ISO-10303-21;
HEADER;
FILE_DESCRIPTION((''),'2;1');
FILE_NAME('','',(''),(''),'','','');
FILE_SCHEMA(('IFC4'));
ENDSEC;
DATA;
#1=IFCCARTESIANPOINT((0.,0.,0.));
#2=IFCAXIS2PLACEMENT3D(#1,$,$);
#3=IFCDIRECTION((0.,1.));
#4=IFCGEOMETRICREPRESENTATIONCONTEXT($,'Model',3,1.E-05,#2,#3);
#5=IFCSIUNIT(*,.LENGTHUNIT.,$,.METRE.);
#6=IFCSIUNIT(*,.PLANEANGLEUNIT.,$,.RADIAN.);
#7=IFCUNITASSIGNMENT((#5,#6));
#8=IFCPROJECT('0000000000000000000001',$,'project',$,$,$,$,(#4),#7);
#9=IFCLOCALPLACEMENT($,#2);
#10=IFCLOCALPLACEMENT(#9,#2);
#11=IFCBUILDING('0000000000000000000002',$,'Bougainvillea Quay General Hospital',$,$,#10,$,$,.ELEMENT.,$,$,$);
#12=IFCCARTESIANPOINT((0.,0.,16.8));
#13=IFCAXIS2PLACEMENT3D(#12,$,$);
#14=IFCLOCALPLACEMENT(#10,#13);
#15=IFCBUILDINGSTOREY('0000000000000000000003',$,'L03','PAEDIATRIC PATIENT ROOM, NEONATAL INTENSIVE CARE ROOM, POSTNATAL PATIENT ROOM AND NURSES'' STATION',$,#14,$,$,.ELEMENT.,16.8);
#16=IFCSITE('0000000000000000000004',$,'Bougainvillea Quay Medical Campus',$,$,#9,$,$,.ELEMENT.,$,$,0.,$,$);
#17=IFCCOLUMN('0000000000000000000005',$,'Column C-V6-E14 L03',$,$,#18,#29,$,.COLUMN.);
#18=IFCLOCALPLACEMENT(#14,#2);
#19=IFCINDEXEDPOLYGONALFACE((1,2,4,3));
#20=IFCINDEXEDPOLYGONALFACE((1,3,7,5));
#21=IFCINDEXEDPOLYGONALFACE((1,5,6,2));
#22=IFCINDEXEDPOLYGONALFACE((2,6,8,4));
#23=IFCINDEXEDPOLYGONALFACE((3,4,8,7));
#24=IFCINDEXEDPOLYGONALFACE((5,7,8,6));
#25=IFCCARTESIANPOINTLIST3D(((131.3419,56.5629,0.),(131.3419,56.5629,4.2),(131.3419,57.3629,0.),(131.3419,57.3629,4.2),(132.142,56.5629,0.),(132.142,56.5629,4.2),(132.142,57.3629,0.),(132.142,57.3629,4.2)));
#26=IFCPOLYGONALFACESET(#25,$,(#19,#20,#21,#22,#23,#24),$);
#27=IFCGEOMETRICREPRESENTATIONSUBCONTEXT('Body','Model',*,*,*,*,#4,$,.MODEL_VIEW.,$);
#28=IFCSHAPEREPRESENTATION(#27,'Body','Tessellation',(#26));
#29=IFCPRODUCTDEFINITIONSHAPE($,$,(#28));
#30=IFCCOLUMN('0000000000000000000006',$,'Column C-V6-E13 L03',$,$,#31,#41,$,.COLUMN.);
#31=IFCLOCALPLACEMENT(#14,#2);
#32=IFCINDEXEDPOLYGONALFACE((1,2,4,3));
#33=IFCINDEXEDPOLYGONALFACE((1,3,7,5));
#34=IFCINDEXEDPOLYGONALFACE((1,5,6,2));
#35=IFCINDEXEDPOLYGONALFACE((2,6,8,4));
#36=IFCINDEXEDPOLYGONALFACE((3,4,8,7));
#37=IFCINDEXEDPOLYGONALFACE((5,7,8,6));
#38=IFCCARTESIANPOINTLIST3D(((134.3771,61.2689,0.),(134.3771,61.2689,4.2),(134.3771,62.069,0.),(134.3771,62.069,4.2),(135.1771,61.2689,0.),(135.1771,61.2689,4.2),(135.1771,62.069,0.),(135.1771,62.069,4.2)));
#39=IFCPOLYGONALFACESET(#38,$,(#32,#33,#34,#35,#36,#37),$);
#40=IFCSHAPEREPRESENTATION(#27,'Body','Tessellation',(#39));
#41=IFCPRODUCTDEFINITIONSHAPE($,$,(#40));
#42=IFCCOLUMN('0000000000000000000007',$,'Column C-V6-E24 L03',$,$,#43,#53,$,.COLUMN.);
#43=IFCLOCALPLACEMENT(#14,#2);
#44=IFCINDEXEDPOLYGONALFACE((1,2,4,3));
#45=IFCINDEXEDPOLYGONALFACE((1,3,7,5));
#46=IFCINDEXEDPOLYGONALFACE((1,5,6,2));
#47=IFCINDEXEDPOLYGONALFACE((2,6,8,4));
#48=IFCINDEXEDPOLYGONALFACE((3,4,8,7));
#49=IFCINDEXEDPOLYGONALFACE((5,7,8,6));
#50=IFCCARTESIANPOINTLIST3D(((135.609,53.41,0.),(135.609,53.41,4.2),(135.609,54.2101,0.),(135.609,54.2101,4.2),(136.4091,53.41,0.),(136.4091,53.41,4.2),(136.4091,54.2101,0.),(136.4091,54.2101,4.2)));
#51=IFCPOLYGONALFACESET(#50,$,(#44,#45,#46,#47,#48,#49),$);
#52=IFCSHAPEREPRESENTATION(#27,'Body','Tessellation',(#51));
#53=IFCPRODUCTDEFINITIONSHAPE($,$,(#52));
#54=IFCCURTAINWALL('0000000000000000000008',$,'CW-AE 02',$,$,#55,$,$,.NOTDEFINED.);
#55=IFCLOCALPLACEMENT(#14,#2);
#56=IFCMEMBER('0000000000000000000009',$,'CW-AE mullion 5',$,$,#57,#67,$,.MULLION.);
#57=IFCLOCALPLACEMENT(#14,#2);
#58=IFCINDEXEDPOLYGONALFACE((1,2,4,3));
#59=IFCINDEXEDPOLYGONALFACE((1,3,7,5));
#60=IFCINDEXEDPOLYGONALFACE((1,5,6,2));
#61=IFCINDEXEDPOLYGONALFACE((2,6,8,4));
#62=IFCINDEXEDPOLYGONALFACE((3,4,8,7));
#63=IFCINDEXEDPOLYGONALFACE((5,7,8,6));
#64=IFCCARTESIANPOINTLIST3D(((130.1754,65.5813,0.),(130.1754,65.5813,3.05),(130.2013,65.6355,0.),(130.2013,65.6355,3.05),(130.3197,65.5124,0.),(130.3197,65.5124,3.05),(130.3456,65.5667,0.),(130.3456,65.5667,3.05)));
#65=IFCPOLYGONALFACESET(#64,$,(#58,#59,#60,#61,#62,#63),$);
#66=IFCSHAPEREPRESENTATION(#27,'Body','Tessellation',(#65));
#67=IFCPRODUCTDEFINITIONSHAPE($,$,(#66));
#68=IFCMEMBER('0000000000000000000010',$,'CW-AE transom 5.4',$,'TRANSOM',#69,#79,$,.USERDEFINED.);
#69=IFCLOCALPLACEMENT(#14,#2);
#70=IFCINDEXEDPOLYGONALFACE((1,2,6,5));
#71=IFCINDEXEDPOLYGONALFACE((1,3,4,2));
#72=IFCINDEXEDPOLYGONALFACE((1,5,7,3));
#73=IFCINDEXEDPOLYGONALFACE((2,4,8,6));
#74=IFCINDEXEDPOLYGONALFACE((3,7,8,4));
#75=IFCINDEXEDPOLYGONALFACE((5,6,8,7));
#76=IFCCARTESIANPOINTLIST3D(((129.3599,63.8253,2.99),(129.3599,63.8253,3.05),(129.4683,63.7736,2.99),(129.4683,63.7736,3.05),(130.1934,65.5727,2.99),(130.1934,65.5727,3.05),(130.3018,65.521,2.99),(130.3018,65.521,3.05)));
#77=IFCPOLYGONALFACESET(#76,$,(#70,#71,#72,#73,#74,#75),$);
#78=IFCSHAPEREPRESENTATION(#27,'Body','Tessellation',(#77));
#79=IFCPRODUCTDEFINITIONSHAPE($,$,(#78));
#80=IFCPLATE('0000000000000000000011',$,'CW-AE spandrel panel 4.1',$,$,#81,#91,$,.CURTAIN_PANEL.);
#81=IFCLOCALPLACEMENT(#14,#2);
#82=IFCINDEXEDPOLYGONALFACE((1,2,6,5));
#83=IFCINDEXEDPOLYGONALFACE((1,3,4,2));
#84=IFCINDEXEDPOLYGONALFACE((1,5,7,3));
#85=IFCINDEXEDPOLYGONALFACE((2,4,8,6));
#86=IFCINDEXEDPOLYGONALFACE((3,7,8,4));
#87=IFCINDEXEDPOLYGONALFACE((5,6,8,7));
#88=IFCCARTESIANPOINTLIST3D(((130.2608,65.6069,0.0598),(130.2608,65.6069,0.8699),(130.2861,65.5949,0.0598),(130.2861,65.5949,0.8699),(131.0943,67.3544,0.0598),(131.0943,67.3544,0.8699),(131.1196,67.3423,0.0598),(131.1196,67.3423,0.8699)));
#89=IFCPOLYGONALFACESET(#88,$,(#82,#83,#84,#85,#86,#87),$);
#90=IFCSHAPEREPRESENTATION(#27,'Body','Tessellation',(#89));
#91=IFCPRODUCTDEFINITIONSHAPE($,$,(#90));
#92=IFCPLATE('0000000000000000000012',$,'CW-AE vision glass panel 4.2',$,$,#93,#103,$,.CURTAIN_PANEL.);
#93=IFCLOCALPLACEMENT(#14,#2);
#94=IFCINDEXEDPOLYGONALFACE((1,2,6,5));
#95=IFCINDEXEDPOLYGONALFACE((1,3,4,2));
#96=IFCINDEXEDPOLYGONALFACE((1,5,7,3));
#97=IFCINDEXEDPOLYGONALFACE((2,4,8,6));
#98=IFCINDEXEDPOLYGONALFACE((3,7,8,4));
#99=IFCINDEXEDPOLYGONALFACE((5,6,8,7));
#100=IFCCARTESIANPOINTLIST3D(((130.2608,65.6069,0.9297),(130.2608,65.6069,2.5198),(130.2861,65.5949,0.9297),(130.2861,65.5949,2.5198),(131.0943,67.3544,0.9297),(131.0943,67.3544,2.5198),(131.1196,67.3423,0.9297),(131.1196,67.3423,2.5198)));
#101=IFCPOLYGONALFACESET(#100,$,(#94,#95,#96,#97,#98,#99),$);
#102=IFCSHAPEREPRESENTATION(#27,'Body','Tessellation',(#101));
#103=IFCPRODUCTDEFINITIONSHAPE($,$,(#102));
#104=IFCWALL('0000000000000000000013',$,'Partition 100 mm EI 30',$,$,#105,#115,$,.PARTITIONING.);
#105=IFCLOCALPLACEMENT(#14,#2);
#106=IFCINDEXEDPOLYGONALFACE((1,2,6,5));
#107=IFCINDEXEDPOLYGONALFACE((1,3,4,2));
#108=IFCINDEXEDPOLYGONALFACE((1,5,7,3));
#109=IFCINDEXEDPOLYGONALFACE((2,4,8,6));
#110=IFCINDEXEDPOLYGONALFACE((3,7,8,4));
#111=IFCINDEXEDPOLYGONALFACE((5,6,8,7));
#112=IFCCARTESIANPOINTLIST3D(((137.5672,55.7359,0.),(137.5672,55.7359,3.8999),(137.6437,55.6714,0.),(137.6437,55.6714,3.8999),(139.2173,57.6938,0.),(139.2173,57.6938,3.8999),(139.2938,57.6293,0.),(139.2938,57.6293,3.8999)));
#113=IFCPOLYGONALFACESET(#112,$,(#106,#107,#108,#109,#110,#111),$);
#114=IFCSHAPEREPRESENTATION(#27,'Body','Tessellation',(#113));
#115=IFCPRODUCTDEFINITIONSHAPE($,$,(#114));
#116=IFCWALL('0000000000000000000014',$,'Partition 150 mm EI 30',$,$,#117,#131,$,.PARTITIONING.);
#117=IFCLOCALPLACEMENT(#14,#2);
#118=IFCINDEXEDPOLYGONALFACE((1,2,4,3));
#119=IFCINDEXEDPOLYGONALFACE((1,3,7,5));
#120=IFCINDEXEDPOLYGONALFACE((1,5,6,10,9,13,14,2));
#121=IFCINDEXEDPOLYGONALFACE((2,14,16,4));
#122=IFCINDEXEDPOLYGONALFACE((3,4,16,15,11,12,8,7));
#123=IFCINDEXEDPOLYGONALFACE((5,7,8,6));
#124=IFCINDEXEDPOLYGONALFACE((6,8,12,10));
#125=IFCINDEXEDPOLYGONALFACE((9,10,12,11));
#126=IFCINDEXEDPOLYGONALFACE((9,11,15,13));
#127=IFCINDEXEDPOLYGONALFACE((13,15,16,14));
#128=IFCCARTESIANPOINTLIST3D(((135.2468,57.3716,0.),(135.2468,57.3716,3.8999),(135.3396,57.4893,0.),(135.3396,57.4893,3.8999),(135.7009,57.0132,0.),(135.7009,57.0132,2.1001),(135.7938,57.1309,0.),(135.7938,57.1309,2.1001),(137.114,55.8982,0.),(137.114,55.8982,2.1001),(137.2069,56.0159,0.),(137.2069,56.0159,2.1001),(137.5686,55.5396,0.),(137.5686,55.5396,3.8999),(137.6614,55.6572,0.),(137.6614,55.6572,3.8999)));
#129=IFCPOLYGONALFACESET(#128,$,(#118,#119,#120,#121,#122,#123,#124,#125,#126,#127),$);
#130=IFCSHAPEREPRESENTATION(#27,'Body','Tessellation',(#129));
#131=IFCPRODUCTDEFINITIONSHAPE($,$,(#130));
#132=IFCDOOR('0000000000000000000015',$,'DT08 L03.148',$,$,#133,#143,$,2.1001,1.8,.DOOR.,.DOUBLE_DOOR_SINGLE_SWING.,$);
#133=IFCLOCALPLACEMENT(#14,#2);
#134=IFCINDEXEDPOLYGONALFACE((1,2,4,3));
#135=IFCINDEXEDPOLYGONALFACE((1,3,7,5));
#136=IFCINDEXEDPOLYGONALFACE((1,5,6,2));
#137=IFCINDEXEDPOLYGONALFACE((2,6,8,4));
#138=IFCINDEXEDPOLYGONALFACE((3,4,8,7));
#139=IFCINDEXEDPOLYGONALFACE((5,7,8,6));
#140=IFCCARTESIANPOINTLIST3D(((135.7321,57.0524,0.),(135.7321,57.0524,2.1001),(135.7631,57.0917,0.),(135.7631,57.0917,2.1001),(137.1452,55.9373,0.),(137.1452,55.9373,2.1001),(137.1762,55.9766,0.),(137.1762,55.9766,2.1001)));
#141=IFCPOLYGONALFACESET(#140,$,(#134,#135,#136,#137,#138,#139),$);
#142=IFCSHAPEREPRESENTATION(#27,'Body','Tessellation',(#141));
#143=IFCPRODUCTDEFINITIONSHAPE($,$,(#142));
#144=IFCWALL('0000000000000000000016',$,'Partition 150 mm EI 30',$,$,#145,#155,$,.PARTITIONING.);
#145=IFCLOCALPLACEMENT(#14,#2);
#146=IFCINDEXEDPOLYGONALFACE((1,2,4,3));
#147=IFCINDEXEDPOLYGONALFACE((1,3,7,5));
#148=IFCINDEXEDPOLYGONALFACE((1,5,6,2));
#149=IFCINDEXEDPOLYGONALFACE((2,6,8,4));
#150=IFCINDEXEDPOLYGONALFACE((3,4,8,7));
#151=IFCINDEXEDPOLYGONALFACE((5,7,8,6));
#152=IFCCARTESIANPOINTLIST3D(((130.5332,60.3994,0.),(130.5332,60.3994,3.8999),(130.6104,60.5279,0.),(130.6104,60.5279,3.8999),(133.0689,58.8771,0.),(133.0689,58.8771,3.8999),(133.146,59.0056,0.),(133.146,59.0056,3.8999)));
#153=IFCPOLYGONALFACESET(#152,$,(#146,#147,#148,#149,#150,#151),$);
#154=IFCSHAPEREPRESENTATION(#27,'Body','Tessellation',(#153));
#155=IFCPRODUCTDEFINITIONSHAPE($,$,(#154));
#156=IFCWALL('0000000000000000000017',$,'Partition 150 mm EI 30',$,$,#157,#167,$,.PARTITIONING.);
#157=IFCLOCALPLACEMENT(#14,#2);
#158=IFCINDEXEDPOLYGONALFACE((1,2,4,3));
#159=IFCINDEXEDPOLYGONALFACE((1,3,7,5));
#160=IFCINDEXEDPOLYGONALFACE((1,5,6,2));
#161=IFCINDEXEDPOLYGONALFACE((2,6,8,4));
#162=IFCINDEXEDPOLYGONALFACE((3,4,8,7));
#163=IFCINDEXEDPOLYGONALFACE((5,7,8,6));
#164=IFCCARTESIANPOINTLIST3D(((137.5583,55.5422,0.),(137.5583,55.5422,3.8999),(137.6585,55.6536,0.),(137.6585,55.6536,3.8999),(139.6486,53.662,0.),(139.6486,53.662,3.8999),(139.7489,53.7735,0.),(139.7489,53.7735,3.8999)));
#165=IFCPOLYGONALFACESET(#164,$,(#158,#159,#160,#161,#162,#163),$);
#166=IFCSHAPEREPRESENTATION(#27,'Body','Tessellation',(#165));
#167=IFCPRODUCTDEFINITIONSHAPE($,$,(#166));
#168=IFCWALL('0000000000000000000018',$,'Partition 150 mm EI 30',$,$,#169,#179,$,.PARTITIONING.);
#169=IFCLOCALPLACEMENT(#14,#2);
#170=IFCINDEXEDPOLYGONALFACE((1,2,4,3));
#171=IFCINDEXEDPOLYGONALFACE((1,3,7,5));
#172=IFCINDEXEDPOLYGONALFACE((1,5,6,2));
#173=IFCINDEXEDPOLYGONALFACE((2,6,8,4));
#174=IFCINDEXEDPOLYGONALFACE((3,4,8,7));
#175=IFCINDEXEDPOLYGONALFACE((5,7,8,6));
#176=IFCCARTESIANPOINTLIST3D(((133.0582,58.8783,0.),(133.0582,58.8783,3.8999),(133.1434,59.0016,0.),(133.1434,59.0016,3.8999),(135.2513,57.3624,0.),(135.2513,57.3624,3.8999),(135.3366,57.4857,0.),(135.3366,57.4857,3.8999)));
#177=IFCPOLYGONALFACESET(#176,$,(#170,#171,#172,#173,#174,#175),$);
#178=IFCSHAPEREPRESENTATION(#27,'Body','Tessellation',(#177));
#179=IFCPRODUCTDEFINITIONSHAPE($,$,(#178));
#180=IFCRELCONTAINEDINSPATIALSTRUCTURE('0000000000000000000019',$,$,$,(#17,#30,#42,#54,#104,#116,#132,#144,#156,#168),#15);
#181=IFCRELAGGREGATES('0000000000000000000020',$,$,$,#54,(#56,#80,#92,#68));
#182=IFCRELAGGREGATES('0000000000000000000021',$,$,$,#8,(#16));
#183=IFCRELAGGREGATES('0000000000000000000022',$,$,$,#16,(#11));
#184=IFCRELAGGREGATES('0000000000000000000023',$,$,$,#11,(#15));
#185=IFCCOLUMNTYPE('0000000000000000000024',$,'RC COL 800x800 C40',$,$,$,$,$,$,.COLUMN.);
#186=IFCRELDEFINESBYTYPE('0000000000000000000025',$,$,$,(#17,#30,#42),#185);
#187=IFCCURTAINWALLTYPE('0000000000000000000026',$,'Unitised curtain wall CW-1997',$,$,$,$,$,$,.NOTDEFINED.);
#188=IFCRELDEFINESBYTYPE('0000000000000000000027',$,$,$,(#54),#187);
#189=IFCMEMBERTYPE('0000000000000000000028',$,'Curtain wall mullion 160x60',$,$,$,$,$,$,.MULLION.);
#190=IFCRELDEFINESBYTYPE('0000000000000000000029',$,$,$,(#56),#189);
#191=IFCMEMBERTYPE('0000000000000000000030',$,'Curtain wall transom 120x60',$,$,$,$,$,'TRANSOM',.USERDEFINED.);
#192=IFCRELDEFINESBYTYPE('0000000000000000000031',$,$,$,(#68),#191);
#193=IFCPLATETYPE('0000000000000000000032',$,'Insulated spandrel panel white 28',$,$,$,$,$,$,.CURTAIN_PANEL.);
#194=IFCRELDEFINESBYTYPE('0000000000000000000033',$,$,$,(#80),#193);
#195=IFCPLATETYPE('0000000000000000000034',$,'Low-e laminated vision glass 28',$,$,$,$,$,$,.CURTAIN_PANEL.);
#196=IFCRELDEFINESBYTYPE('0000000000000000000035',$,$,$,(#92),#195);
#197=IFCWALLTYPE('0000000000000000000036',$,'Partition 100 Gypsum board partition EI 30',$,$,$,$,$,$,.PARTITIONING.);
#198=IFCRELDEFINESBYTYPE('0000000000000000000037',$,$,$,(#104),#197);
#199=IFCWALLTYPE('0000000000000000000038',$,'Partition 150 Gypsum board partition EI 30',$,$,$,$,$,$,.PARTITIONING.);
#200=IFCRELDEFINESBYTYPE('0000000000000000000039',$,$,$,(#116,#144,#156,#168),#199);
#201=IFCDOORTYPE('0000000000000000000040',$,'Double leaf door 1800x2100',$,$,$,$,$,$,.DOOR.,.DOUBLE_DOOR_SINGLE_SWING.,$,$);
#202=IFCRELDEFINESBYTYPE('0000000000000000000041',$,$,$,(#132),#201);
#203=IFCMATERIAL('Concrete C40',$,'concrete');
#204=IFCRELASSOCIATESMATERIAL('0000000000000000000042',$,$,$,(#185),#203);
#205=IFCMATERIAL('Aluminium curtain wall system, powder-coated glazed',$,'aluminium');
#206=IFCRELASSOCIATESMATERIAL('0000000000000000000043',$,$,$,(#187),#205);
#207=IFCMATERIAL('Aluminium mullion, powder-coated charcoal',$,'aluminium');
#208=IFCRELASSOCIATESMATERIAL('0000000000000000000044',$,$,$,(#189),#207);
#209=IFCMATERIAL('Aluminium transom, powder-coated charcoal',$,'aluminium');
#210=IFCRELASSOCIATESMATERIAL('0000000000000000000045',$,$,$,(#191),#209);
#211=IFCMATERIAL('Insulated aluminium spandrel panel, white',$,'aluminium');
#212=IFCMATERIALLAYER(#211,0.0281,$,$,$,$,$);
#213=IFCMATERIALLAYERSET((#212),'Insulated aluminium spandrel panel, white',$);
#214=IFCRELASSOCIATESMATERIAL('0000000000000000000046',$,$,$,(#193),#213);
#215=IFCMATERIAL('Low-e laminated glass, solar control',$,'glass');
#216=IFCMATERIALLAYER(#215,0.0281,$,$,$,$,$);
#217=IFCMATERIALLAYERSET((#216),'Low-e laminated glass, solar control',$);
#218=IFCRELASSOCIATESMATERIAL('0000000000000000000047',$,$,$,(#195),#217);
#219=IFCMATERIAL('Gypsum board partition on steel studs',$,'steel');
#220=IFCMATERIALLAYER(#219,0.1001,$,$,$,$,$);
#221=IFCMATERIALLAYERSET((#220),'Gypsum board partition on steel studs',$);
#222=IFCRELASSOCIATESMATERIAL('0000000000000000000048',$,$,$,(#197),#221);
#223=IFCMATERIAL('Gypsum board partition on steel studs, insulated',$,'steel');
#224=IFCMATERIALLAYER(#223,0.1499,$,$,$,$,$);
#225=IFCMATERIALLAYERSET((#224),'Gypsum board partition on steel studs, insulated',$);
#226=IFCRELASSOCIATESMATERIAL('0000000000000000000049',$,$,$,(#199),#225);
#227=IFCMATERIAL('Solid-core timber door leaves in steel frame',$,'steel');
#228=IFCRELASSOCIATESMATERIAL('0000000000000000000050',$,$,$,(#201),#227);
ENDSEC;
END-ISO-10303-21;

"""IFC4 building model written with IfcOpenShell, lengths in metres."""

from ifc_helpers import new_model, si_unit, direction, frame, frame_2d, origin, origin_2d, place, context, subcontext, project, spatial, rectangle, extrude, material, layer, layer_set, material_profile, profile_set, type_object, element, fill, aggregate, save


model = new_model("IFC4")

# Units and contexts
model_context = context("Model", 3, precision=1e-05, world=origin(), true_north=direction((0.0, 1.0)))
body_context = subcontext(model_context, "Body", "Model", "MODEL_VIEW")
ifc_project = project(units=[si_unit("LENGTHUNIT", "METRE"), si_unit("PLANEANGLEUNIT", "RADIAN")], contexts=[model_context])

# Site, building, storey
site_placement = place(None, origin())
site = spatial("IfcSite", under=ifc_project, at=site_placement, Name="Bougainvillea Quay Medical Campus", CompositionType="ELEMENT", RefElevation=0.0)
building_placement = place(site_placement, origin())
building = spatial("IfcBuilding", under=site, at=building_placement, Name="Bougainvillea Quay General Hospital", CompositionType="ELEMENT")
storey_placement = place(building_placement, frame((0.0, 0.0, 16.8)))
storey = spatial("IfcBuildingStorey", under=building, at=storey_placement, Name="L03", Description="PAEDIATRIC PATIENT ROOM, NEONATAL INTENSIVE CARE ROOM, POSTNATAL PATIENT ROOM AND NURSES' STATION", CompositionType="ELEMENT", Elevation=16.8)

# Columns
ifc_material_1 = material(Name="Concrete C40", Category="concrete")
ifc_material_profile_1 = material_profile(ifc_material_1, rectangle(XDim=0.8, YDim=0.8, at=origin_2d()))
ifc_profile_set_1 = profile_set([ifc_material_profile_1], Name="Concrete C40")
column_type = type_object("IfcColumnType", Name="RC COL 800x800 C40", PredefinedType="COLUMN", material=ifc_profile_set_1)
for number, where, z_axis, x_axis, name in (
    (1, (131.7419, 56.9629, 0.0), (0.0, 0.0, 1.0), (1.0, 0.0, 0.0), "Column C-V6-E14 L03"),
    (2, (134.7771, 61.6689, 0.0), (0.0, 0.0, 1.0), (1.0, 0.0, 0.0), "Column C-V6-E13 L03"),
    (3, (136.009, 53.8101, 0.0), (0.0, 0.0, 1.0), (1.0, 0.0, 0.0), "Column C-V6-E24 L03"),
):
    element("IfcColumn", number, at=place(storey_placement, frame(where, z_axis=z_axis, x_axis=x_axis)), inside=storey, type_object=column_type, Name=name, PredefinedType="COLUMN", context=body_context, shape_type="SweptSolid", body=[
        extrude(rectangle(XDim=0.8, YDim=0.8, at=origin_2d()), origin(), (0.0, 0.0, 1.0), 4.2),
    ])

# Curtain wall, members, plates
ifc_material_2 = material(Name="Aluminium curtain wall system, powder-coated glazed", Category="aluminium")
curtain_wall_type = type_object("IfcCurtainWallType", Name="Unitised curtain wall CW-1997", PredefinedType="NOTDEFINED", material=ifc_material_2)
curtain_wall_placement = place(storey_placement, origin())
curtain_wall = element("IfcCurtainWall", 4, at=curtain_wall_placement, inside=storey, type_object=curtain_wall_type, Name="CW-AE 02", PredefinedType="NOTDEFINED")
ifc_material_3 = material(Name="Aluminium mullion, powder-coated charcoal", Category="aluminium")
ifc_material_profile_2 = material_profile(ifc_material_3, rectangle(XDim=0.1599, YDim=0.0601, at=origin_2d()))
ifc_profile_set_2 = profile_set([ifc_material_profile_2], Name="Aluminium mullion, powder-coated charcoal")
member_type_1 = type_object("IfcMemberType", Name="Curtain wall mullion 160x60", PredefinedType="MULLION", material=ifc_profile_set_2)
member_1_placement = place(storey_placement, frame((130.2605, 65.574, 0.0), z_axis=(0.0, 0.0, 1.0), x_axis=(0.902578, -0.430525, 0.0)))
member_1 = element("IfcMember", 5, at=member_1_placement, type_object=member_type_1, Name="CW-AE mullion 5", PredefinedType="MULLION", context=body_context, shape_type="SweptSolid", body=[
    extrude(rectangle(XDim=0.1599, YDim=0.0601, at=origin_2d()), origin(), (0.0, 0.0, 1.0), 3.05),
])
ifc_material_4 = material(Name="Aluminium transom, powder-coated charcoal", Category="aluminium")
ifc_material_profile_3 = material_profile(ifc_material_4, rectangle(XDim=0.1201, YDim=0.0601, at=origin_2d()))
ifc_profile_set_3 = profile_set([ifc_material_profile_3], Name="Aluminium transom, powder-coated charcoal")
member_type_2 = type_object("IfcMemberType", Name="Curtain wall transom 120x60", ElementType="TRANSOM", PredefinedType="USERDEFINED", material=ifc_profile_set_3)
member_2_placement = place(storey_placement, frame((130.2476, 65.5469, 3.02), z_axis=(-0.430491, -0.902595, 0.0), x_axis=(0.902595, -0.430491, 0.0)))
member_2 = element("IfcMember", 6, at=member_2_placement, type_object=member_type_2, Name="CW-AE transom 5.4", ObjectType="TRANSOM", PredefinedType="USERDEFINED", context=body_context, shape_type="SweptSolid", body=[
    extrude(rectangle(XDim=0.1201, YDim=0.0601, at=origin_2d()), origin(), (0.0, 0.0, 1.0), 1.936),
])
ifc_material_5 = material(Name="Insulated aluminium spandrel panel, white", Category="aluminium")
ifc_layer_1 = layer(ifc_material_5, 0.0281)
ifc_layer_set_1 = layer_set([ifc_layer_1], Name="Insulated aluminium spandrel panel, white")
plate_type_1 = type_object("IfcPlateType", Name="Insulated spandrel panel white 28", PredefinedType="CURTAIN_PANEL", material=ifc_layer_set_1)
plate_1_placement = place(storey_placement, frame((130.6902, 66.4746, 0.0598), z_axis=(0.0, 0.0, 1.0), x_axis=(-0.430525, -0.902578, 0.0)))
plate_1 = element("IfcPlate", 7, at=plate_1_placement, type_object=plate_type_1, Name="CW-AE spandrel panel 4.1", PredefinedType="CURTAIN_PANEL", context=body_context, shape_type="SweptSolid", body=[
    extrude(rectangle(XDim=1.936, YDim=0.0281, at=origin_2d()), origin(), (0.0, 0.0, 1.0), 0.8101),
])
ifc_material_6 = material(Name="Low-e laminated glass, solar control", Category="glass")
ifc_layer_2 = layer(ifc_material_6, 0.0281)
ifc_layer_set_2 = layer_set([ifc_layer_2], Name="Low-e laminated glass, solar control")
plate_type_2 = type_object("IfcPlateType", Name="Low-e laminated vision glass 28", PredefinedType="CURTAIN_PANEL", material=ifc_layer_set_2)
plate_2_placement = place(storey_placement, frame((130.6902, 66.4746, 0.9297), z_axis=(0.0, 0.0, 1.0), x_axis=(-0.430525, -0.902578, 0.0)))
plate_2 = element("IfcPlate", 8, at=plate_2_placement, type_object=plate_type_2, Name="CW-AE vision glass panel 4.2", PredefinedType="CURTAIN_PANEL", context=body_context, shape_type="SweptSolid", body=[
    extrude(rectangle(XDim=1.936, YDim=0.0281, at=origin_2d()), origin(), (0.0, 0.0, 1.0), 1.5901),
])
aggregate(curtain_wall, [member_1, plate_1, plate_2, member_2])

# Wall
ifc_material_7 = material(Name="Gypsum board partition on steel studs", Category="steel")
ifc_layer_3 = layer(ifc_material_7, 0.1001)
ifc_layer_set_3 = layer_set([ifc_layer_3], Name="Gypsum board partition on steel studs")
wall_type_1 = type_object("IfcWallType", Name="Partition 100 Gypsum board partition EI 30", PredefinedType="PARTITIONING", material=ifc_layer_set_3)
wall_1_placement = place(storey_placement, frame((137.6055, 55.7036, 0.0), z_axis=(0.0, 0.0, 1.0), x_axis=(0.644432, 0.764661, 0.0)))
element("IfcWall", 9, at=wall_1_placement, inside=storey, type_object=wall_type_1, Name="Partition 100 mm EI 30", PredefinedType="PARTITIONING", context=body_context, shape_type="SweptSolid", body=[
    extrude(rectangle(XDim=2.5605, YDim=0.1001, at=frame_2d((1.2803, 0.0))), origin(), (0.0, 0.0, 1.0), 3.8999),
])

# Wall, opening, door
ifc_material_8 = material(Name="Gypsum board partition on steel studs, insulated", Category="steel")
ifc_layer_4 = layer(ifc_material_8, 0.1499)
ifc_layer_set_4 = layer_set([ifc_layer_4], Name="Gypsum board partition on steel studs, insulated")
wall_type_2 = type_object("IfcWallType", Name="Partition 150 Gypsum board partition EI 30", PredefinedType="PARTITIONING", material=ifc_layer_set_4)
wall_2_placement = place(storey_placement, frame((135.2932, 57.4304, 0.0), z_axis=(0.0, 0.0, 1.0), x_axis=(0.785039, -0.619446, 0.0)))
wall_2 = element("IfcWall", 10, at=wall_2_placement, inside=storey, type_object=wall_type_2, Name="Partition 150 mm EI 30", PredefinedType="PARTITIONING", context=body_context, shape_type="SweptSolid", body=[
    extrude(rectangle(XDim=2.9575, YDim=0.1499, at=frame_2d((1.4788, 0.0))), origin(), (0.0, 0.0, 1.0), 3.8999),
])
opening_1_placement = place(wall_2_placement, frame((0.5786, 0.0, 0.0)))
opening_1 = element("IfcOpeningElement", 11, at=opening_1_placement, cuts=wall_2, PredefinedType="OPENING", context=body_context, shape_type="SweptSolid", body=[
    extrude(rectangle(XDim=1.8, YDim=2.1001, at=frame_2d((0.8999, 1.05))), frame((0.0, 0.085, 0.0), z_axis=(0.0, -1.0, 0.0), x_axis=(1.0, 0.0, 0.0)), (0.0, 0.0, 1.0), 0.1699),
])
ifc_material_9 = material(Name="Solid-core timber door leaves in steel frame", Category="steel")
door_type_1 = type_object("IfcDoorType", Name="Double leaf door 1800x2100", OperationType="DOUBLE_DOOR_SINGLE_SWING", PredefinedType="DOOR", material=ifc_material_9)
door_1_placement = place(opening_1_placement, frame((1.8, 0.0, 0.0), z_axis=(0.0, 0.0, 1.0), x_axis=(-1.0, 0.0, 0.0)))
door_1 = element("IfcDoor", 12, at=door_1_placement, inside=storey, type_object=door_type_1, Name="DT08 L03.148", OperationType="DOUBLE_DOOR_SINGLE_SWING", OverallHeight=2.1001, OverallWidth=1.8, PredefinedType="DOOR", context=body_context, shape_type="SweptSolid", body=[
    extrude(rectangle(XDim=1.8, YDim=2.1001, at=frame_2d((0.8999, 1.05))), frame((0.0, 0.0249, 0.0), z_axis=(0.0, -1.0, 0.0), x_axis=(1.0, 0.0, 0.0)), (0.0, 0.0, 1.0), 0.05),
])
fill(opening_1, door_1)

# Walls
wall_3_placement = place(storey_placement, frame((130.5718, 60.4636, 0.0), z_axis=(0.0, 0.0, 1.0), x_axis=(0.857369, -0.514702, 0.0)))
element("IfcWall", 13, at=wall_3_placement, inside=storey, type_object=wall_type_2, Name="Partition 150 mm EI 30", PredefinedType="PARTITIONING", context=body_context, shape_type="SweptSolid", body=[
    extrude(rectangle(XDim=2.9575, YDim=0.1499, at=frame_2d((1.4788, 0.0))), origin(), (0.0, 0.0, 1.0), 3.8999),
])
wall_4_placement = place(storey_placement, frame((137.6084, 55.5979, 0.0), z_axis=(0.0, 0.0, 1.0), x_axis=(0.743501, -0.668734, 0.0)))
element("IfcWall", 14, at=wall_4_placement, inside=storey, type_object=wall_type_2, Name="Partition 150 mm EI 30", PredefinedType="PARTITIONING", context=body_context, shape_type="SweptSolid", body=[
    extrude(rectangle(XDim=2.8115, YDim=0.1499, at=frame_2d((1.4058, 0.0))), origin(), (0.0, 0.0, 1.0), 3.8999),
])
wall_5_placement = place(storey_placement, frame((133.1008, 58.9399, 0.0), z_axis=(0.0, 0.0, 1.0), x_axis=(0.822621, -0.568591, 0.0)))
element("IfcWall", 15, at=wall_5_placement, inside=storey, type_object=wall_type_2, Name="Partition 150 mm EI 30", PredefinedType="PARTITIONING", context=body_context, shape_type="SweptSolid", body=[
    extrude(rectangle(XDim=2.666, YDim=0.1499, at=frame_2d((1.333, 0.0))), origin(), (0.0, 0.0, 1.0), 3.8999),
])

save(model, "model.ifc")
